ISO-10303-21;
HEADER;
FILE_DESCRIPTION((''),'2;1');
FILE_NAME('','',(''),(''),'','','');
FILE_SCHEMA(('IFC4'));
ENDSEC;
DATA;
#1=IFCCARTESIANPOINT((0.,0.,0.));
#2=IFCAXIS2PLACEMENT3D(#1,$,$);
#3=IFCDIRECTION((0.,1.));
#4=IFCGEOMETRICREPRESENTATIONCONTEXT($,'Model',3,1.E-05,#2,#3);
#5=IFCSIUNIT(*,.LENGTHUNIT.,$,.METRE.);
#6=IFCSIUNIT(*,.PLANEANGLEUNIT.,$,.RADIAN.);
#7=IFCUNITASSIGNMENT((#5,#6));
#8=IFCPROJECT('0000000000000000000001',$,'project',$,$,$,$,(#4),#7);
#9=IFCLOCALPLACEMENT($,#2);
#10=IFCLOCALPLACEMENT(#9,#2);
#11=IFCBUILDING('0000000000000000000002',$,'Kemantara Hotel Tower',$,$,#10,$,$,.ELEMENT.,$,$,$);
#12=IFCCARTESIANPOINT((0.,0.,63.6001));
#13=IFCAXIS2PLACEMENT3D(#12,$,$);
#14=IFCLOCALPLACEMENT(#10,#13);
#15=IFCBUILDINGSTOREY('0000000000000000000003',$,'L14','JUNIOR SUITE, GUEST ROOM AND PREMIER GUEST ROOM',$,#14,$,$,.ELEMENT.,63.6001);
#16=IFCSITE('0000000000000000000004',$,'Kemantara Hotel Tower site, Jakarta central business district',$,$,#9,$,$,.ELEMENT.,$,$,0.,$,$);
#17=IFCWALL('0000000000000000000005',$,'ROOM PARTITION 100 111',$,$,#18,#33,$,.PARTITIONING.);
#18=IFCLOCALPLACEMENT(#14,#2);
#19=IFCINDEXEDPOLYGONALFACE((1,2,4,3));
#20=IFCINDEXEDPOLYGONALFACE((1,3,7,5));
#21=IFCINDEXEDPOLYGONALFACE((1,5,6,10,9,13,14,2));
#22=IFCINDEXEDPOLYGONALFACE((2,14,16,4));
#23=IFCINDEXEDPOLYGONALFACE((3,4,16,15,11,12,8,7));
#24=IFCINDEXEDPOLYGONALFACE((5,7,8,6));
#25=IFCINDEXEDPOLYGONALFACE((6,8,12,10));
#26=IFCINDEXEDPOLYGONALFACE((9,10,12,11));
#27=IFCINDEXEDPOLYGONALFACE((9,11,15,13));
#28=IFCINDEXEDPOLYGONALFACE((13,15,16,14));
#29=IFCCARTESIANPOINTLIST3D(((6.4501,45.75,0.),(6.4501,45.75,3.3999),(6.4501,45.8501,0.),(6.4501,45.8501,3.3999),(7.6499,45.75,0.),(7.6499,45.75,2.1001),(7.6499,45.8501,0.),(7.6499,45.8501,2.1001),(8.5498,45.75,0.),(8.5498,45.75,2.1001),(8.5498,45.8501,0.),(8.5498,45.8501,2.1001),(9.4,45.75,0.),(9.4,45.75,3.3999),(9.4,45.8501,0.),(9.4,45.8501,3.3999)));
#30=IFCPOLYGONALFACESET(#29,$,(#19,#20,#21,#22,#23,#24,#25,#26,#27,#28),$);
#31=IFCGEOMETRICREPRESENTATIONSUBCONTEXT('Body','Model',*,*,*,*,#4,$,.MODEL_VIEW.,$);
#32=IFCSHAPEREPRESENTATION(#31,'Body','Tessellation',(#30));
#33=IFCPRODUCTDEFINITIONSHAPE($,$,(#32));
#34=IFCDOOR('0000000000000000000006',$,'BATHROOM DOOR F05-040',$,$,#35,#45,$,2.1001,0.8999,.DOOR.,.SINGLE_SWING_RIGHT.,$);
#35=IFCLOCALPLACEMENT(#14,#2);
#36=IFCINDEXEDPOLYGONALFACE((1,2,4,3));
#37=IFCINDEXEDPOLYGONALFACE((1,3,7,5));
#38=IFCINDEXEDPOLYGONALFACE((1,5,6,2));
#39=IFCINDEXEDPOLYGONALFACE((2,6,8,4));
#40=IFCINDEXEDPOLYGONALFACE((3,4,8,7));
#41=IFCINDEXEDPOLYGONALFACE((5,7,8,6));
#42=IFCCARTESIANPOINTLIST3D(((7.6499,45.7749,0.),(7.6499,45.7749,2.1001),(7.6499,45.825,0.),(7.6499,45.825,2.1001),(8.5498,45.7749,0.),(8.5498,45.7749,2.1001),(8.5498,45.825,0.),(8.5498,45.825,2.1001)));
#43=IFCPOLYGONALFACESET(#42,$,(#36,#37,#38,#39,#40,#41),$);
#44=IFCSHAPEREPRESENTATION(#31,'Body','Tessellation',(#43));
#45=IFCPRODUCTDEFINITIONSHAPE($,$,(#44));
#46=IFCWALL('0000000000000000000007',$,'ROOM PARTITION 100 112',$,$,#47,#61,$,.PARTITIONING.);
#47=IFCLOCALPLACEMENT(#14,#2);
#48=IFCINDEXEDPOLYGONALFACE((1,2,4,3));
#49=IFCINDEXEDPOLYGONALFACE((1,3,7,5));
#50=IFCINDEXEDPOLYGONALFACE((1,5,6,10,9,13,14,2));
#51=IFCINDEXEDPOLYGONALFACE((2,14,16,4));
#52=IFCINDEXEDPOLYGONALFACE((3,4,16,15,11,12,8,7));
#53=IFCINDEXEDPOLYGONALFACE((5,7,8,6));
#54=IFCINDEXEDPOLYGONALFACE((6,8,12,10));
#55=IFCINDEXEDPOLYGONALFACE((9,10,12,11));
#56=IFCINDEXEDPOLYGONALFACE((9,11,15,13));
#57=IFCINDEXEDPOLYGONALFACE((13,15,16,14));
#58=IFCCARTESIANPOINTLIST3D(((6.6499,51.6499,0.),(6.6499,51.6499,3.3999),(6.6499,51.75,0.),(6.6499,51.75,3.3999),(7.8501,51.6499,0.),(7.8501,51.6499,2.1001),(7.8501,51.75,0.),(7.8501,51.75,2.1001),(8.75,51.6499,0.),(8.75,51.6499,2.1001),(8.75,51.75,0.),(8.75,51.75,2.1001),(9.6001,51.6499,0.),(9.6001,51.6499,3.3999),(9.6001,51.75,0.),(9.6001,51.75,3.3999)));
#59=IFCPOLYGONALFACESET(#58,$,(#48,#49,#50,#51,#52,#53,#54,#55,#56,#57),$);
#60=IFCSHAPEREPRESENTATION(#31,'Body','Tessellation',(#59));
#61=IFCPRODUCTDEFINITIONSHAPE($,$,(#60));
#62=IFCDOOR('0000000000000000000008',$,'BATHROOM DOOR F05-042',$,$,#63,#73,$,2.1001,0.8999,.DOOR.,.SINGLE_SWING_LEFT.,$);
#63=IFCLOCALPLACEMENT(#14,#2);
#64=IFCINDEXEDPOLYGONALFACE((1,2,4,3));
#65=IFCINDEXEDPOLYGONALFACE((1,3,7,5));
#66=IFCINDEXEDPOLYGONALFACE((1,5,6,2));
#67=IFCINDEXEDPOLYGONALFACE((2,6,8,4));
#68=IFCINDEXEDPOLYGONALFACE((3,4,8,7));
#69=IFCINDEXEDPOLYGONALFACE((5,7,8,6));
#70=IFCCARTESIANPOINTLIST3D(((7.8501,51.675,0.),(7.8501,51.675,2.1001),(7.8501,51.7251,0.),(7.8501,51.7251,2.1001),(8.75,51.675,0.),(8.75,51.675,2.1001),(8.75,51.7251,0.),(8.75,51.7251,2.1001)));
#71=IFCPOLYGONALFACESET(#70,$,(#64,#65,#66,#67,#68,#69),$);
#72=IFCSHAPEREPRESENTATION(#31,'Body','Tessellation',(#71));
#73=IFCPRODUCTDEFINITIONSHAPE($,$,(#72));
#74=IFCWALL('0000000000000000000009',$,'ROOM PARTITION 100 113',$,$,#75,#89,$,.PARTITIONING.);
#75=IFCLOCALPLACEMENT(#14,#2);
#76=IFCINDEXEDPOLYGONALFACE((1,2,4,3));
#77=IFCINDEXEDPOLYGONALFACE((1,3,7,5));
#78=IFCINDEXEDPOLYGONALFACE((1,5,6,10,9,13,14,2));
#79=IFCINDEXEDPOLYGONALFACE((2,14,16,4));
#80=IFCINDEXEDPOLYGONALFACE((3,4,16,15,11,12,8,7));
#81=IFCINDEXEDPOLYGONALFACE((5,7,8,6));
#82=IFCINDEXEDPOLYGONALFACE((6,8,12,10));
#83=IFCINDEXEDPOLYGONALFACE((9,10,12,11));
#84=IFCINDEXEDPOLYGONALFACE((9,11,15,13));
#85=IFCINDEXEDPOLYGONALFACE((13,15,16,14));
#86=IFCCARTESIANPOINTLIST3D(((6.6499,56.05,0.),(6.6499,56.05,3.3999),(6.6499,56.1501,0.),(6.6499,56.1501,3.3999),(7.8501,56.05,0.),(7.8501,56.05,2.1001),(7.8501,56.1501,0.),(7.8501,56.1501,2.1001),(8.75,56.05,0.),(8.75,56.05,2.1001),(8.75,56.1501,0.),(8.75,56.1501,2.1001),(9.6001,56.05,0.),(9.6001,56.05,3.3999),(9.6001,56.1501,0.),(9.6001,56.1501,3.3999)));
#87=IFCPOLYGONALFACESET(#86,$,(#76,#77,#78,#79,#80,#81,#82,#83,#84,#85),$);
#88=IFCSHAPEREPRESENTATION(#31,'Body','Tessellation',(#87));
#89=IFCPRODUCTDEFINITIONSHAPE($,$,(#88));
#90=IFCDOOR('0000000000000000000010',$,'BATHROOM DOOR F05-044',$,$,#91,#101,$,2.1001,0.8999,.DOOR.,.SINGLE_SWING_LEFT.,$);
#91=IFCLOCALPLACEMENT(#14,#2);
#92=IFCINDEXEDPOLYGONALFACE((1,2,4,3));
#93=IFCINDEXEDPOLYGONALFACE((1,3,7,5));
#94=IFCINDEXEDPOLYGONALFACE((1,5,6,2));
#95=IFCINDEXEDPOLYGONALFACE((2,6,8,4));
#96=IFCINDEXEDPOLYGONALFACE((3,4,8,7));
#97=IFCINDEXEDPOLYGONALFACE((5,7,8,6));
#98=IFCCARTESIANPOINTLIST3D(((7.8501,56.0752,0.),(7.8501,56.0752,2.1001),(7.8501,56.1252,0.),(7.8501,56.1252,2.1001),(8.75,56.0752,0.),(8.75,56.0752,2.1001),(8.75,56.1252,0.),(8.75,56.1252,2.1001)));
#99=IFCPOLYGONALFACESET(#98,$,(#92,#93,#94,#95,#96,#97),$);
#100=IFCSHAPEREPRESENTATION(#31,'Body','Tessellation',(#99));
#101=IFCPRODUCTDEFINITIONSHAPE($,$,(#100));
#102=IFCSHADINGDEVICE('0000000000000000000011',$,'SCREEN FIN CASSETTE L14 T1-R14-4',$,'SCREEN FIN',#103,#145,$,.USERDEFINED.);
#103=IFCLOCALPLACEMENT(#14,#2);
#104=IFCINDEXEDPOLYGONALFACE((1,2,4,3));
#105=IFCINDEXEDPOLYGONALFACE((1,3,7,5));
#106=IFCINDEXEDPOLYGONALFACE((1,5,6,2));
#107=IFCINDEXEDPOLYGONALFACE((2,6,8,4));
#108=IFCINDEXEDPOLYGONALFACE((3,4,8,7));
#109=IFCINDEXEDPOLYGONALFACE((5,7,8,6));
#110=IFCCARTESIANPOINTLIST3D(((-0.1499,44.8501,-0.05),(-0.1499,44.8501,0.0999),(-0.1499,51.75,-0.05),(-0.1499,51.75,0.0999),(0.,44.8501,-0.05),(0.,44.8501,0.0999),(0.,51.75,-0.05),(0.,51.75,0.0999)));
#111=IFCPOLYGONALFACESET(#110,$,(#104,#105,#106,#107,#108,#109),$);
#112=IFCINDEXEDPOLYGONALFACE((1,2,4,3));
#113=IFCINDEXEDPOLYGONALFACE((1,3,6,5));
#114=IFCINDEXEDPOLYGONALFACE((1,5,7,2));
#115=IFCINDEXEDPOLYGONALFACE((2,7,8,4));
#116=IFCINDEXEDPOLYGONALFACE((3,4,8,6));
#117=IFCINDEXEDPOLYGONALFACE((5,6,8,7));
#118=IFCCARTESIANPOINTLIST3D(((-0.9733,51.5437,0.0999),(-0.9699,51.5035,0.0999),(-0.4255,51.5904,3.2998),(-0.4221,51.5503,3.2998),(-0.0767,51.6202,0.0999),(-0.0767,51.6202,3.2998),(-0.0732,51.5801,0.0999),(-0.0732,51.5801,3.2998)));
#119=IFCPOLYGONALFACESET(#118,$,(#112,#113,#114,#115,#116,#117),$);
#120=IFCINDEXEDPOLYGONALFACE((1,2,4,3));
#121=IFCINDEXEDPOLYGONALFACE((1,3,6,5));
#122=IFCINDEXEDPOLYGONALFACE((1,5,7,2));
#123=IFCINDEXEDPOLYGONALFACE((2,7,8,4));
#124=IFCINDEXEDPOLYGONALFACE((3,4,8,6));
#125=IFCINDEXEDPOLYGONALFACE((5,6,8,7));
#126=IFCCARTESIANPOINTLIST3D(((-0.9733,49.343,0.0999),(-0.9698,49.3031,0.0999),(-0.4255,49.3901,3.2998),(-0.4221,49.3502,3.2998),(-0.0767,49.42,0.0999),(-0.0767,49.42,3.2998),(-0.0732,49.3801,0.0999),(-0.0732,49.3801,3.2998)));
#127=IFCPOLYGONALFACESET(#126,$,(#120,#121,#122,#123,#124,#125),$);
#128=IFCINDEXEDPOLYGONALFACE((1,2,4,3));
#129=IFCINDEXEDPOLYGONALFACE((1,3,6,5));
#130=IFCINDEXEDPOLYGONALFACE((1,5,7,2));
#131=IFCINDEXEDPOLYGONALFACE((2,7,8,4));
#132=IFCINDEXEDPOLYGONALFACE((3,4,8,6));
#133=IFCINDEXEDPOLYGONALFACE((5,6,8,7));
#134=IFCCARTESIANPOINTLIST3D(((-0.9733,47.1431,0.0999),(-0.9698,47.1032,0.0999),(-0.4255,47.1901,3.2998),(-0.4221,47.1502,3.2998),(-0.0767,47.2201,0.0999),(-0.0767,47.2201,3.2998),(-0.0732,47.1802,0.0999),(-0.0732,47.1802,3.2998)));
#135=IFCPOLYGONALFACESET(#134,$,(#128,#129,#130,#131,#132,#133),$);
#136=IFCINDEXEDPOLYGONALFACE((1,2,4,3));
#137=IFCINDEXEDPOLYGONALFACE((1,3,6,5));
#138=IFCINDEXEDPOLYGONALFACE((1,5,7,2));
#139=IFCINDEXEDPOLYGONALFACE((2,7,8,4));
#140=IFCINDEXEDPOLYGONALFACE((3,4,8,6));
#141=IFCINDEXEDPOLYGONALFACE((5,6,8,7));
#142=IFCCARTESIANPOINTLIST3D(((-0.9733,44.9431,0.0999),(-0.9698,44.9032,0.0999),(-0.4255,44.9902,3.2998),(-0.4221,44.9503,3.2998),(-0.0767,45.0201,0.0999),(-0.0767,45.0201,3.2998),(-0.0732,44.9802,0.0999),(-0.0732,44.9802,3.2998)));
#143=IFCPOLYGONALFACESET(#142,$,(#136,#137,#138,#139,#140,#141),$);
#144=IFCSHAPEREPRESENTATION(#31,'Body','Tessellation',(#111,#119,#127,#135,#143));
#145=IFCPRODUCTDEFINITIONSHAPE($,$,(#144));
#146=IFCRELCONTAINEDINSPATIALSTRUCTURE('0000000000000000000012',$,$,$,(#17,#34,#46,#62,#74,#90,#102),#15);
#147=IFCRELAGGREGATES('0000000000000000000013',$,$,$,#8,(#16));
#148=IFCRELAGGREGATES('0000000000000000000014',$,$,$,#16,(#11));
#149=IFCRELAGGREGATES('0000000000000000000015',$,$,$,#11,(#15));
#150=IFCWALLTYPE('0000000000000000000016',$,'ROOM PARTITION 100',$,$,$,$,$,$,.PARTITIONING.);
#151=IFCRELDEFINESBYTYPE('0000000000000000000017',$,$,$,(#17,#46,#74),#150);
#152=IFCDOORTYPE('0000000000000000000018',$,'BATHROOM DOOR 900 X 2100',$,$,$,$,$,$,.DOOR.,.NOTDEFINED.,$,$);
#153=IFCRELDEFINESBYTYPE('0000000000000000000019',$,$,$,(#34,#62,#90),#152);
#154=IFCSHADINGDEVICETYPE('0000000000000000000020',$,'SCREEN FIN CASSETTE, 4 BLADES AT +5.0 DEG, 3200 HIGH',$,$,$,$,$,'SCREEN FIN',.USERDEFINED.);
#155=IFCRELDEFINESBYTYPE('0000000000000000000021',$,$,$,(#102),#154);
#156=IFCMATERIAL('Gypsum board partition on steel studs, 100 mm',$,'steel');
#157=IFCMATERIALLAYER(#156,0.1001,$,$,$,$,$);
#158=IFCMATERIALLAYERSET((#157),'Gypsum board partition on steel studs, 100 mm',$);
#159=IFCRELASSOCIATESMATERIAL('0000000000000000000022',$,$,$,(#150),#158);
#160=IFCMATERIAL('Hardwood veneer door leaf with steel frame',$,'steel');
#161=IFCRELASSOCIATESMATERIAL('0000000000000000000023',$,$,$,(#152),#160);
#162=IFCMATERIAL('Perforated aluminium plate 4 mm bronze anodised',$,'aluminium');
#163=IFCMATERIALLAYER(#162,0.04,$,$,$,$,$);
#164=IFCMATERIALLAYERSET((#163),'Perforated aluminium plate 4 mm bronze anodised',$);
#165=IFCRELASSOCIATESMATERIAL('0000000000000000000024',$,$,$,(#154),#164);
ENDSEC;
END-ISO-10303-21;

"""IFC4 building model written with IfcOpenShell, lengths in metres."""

from ifc_helpers import new_model, si_unit, direction, frame, frame_2d, origin, origin_2d, place, context, subcontext, project, spatial, polyline, rectangle, outline, extrude, source, transform, mapped, material, layer, layer_set, type_object, element, fill, save


model = new_model("IFC4")

# Units and contexts
model_context = context("Model", 3, precision=1e-05, world=origin(), true_north=direction((0.0, 1.0)))
body_context = subcontext(model_context, "Body", "Model", "MODEL_VIEW")
ifc_project = project(units=[si_unit("LENGTHUNIT", "METRE"), si_unit("PLANEANGLEUNIT", "RADIAN")], contexts=[model_context])

# Site, building, storey
site_placement = place(None, origin())
site = spatial("IfcSite", under=ifc_project, at=site_placement, Name="Kemantara Hotel Tower site, Jakarta central business district", CompositionType="ELEMENT", RefElevation=0.0)
building_placement = place(site_placement, origin())
building = spatial("IfcBuilding", under=site, at=building_placement, Name="Kemantara Hotel Tower", CompositionType="ELEMENT")
storey_placement = place(building_placement, frame((0.0, 0.0, 63.6001)))
storey = spatial("IfcBuildingStorey", under=building, at=storey_placement, Name="L14", Description="JUNIOR SUITE, GUEST ROOM AND PREMIER GUEST ROOM", CompositionType="ELEMENT", Elevation=63.6001)

# Shared definitions
ifc_material_1 = material(Name="Hardwood veneer door leaf with steel frame", Category="steel")

# Shared definitions
ifc_material_2 = material(Name="Gypsum board partition on steel studs, 100 mm", Category="steel")
ifc_layer_1 = layer(ifc_material_2, 0.1001)
ifc_layer_set_1 = layer_set([ifc_layer_1], Name="Gypsum board partition on steel studs, 100 mm")
wall_type_1 = type_object("IfcWallType", Name="ROOM PARTITION 100", PredefinedType="PARTITIONING", material=ifc_layer_set_1)

# Walls, openings, doors
wall_1_placement = place(storey_placement, frame((6.45, 45.8, 0.0), z_axis=(0.0, 0.0, 1.0), x_axis=(1.0, 0.0, 0.0)))
wall_1 = element("IfcWall", 1, at=wall_1_placement, inside=storey, type_object=wall_type_1, Name="ROOM PARTITION 100 111", PredefinedType="PARTITIONING", context=body_context, shape_type="SweptSolid", body=[
    extrude(rectangle(XDim=2.95, YDim=0.1001, at=frame_2d((1.4751, 0.0))), origin(), (0.0, 0.0, 1.0), 3.3999),
])
opening_1_placement = place(wall_1_placement, frame((1.2, 0.0, 0.0)))
opening_1 = element("IfcOpeningElement", 2, at=opening_1_placement, cuts=wall_1, PredefinedType="OPENING", context=body_context, shape_type="SweptSolid", body=[
    extrude(rectangle(XDim=0.8999, YDim=2.1001, at=frame_2d((0.45, 1.05))), frame((0.0, 0.0601, 0.0), z_axis=(0.0, -1.0, 0.0), x_axis=(1.0, 0.0, 0.0)), (0.0, 0.0, 1.0), 0.1201),
])
door_type_1 = type_object("IfcDoorType", Name="BATHROOM DOOR 900 X 2100", OperationType="NOTDEFINED", PredefinedType="DOOR", material=ifc_material_1)
door_1_placement = place(opening_1_placement, origin())
door_1 = element("IfcDoor", 3, at=door_1_placement, inside=storey, type_object=door_type_1, Name="BATHROOM DOOR F05-040", OperationType="SINGLE_SWING_RIGHT", OverallHeight=2.1001, OverallWidth=0.8999, PredefinedType="DOOR", context=body_context, shape_type="SweptSolid", body=[
    extrude(rectangle(XDim=0.8999, YDim=2.1001, at=frame_2d((0.45, 1.05))), frame((0.0, 0.0249, 0.0), z_axis=(0.0, -1.0, 0.0), x_axis=(1.0, 0.0, 0.0)), (0.0, 0.0, 1.0), 0.05),
])
fill(opening_1, door_1)
wall_2_placement = place(storey_placement, frame((9.6001, 51.7, 0.0), z_axis=(0.0, 0.0, 1.0), x_axis=(-1.0, 0.0, 0.0)))
wall_2 = element("IfcWall", 4, at=wall_2_placement, inside=storey, type_object=wall_type_1, Name="ROOM PARTITION 100 112", PredefinedType="PARTITIONING", context=body_context, shape_type="SweptSolid", body=[
    extrude(rectangle(XDim=2.9502, YDim=0.1001, at=frame_2d((1.4751, 0.0))), origin(), (0.0, 0.0, 1.0), 3.3999),
])
opening_2_placement = place(wall_2_placement, frame((0.8501, 0.0, 0.0)))
opening_2 = element("IfcOpeningElement", 5, at=opening_2_placement, cuts=wall_2, PredefinedType="OPENING", context=body_context, shape_type="SweptSolid", body=[
    extrude(rectangle(XDim=0.8999, YDim=2.1001, at=frame_2d((0.45, 1.05))), frame((0.0, 0.0601, 0.0), z_axis=(0.0, -1.0, 0.0), x_axis=(1.0, 0.0, 0.0)), (0.0, 0.0, 1.0), 0.1201),
])
door_2_placement = place(opening_2_placement, origin())
door_2 = element("IfcDoor", 6, at=door_2_placement, inside=storey, type_object=door_type_1, Name="BATHROOM DOOR F05-042", OperationType="SINGLE_SWING_LEFT", OverallHeight=2.1001, OverallWidth=0.8999, PredefinedType="DOOR", context=body_context, shape_type="SweptSolid", body=[
    extrude(rectangle(XDim=0.8999, YDim=2.1001, at=frame_2d((0.45, 1.05))), frame((0.0, 0.0249, 0.0), z_axis=(0.0, -1.0, 0.0), x_axis=(1.0, 0.0, 0.0)), (0.0, 0.0, 1.0), 0.05),
])
fill(opening_2, door_2)
wall_3_placement = place(storey_placement, frame((9.6001, 56.1001, 0.0), z_axis=(0.0, 0.0, 1.0), x_axis=(-1.0, 0.0, 0.0)))
wall_3 = element("IfcWall", 7, at=wall_3_placement, inside=storey, type_object=wall_type_1, Name="ROOM PARTITION 100 113", PredefinedType="PARTITIONING", context=body_context, shape_type="SweptSolid", body=[
    extrude(rectangle(XDim=2.9502, YDim=0.1001, at=frame_2d((1.4751, 0.0))), origin(), (0.0, 0.0, 1.0), 3.3999),
])
opening_3_placement = place(wall_3_placement, frame((0.8501, 0.0, 0.0)))
opening_3 = element("IfcOpeningElement", 8, at=opening_3_placement, cuts=wall_3, PredefinedType="OPENING", context=body_context, shape_type="SweptSolid", body=[
    extrude(rectangle(XDim=0.8999, YDim=2.1001, at=frame_2d((0.45, 1.05))), frame((0.0, 0.0601, 0.0), z_axis=(0.0, -1.0, 0.0), x_axis=(1.0, 0.0, 0.0)), (0.0, 0.0, 1.0), 0.1201),
])
door_3_placement = place(opening_3_placement, origin())
door_3 = element("IfcDoor", 9, at=door_3_placement, inside=storey, type_object=door_type_1, Name="BATHROOM DOOR F05-044", OperationType="SINGLE_SWING_LEFT", OverallHeight=2.1001, OverallWidth=0.8999, PredefinedType="DOOR", context=body_context, shape_type="SweptSolid", body=[
    extrude(rectangle(XDim=0.8999, YDim=2.1001, at=frame_2d((0.45, 1.05))), frame((0.0, 0.0249, 0.0), z_axis=(0.0, -1.0, 0.0), x_axis=(1.0, 0.0, 0.0)), (0.0, 0.0, 1.0), 0.05),
])
fill(opening_3, door_3)

# Shading device
ifc_material_3 = material(Name="Perforated aluminium plate 4 mm bronze anodised", Category="aluminium")
ifc_layer_2 = layer(ifc_material_3, 0.04)
ifc_layer_set_2 = layer_set([ifc_layer_2], Name="Perforated aluminium plate 4 mm bronze anodised")
shading_device_type = type_object("IfcShadingDeviceType", Name="SCREEN FIN CASSETTE, 4 BLADES AT +5.0 DEG, 3200 HIGH", ElementType="SCREEN FIN", PredefinedType="USERDEFINED", material=ifc_layer_set_2)
shared_shape = source(origin(), body_context, "Body", "SweptSolid", [
    extrude(rectangle(XDim=6.8999, YDim=0.1499, at=origin_2d()), frame((3.3, -0.075, -0.1499), z_axis=(0.0, 0.0, 1.0), x_axis=(1.0, 0.0, 0.0)), (0.0, 0.0, 1.0), 0.1499),
    extrude(outline(polyline([(0.0, 0.0), (0.8999, 0.0), (0.3501, 3.2), (0.0, 3.2), (0.0, 0.0)])), frame((0.02, -0.0732, 0.0), z_axis=(-0.996376, -0.085056, 0.0), x_axis=(0.085056, -0.996376, 0.0)), (0.0, 0.0, 1.0), 0.0403),
    extrude(outline(polyline([(0.0, 0.0), (0.8999, 0.0), (0.3501, 3.2), (0.0, 3.2), (0.0, 0.0)])), frame((2.22, -0.0732, 0.0), z_axis=(-0.996332, -0.085575, 0.0), x_axis=(0.085575, -0.996332, 0.0)), (0.0, 0.0, 1.0), 0.04),
    extrude(outline(polyline([(0.0, 0.0), (0.8999, 0.0), (0.3501, 3.2), (0.0, 3.2), (0.0, 0.0)])), frame((4.4199, -0.0732, 0.0), z_axis=(-0.996332, -0.085575, 0.0), x_axis=(0.085575, -0.996332, 0.0)), (0.0, 0.0, 1.0), 0.04),
    extrude(outline(polyline([(0.0, 0.0), (0.8999, 0.0), (0.3501, 3.2), (0.0, 3.2), (0.0, 0.0)])), frame((6.6199, -0.0732, 0.0), z_axis=(-0.996332, -0.085575, 0.0), x_axis=(0.085575, -0.996332, 0.0)), (0.0, 0.0, 1.0), 0.04),
])
shading_device_placement = place(storey_placement, frame((0.0, 51.6001, 0.0999), z_axis=(0.0, 0.0, 1.0), x_axis=(0.0, -1.0, 0.0)))
element("IfcShadingDevice", 10, at=shading_device_placement, inside=storey, type_object=shading_device_type, Name="SCREEN FIN CASSETTE L14 T1-R14-4", ObjectType="SCREEN FIN", PredefinedType="USERDEFINED", context=body_context, shape_type="MappedRepresentation", body=[
    mapped(shared_shape, transform((0.0, 0.0, 0.0))),
])

save(model, "model.ifc")
